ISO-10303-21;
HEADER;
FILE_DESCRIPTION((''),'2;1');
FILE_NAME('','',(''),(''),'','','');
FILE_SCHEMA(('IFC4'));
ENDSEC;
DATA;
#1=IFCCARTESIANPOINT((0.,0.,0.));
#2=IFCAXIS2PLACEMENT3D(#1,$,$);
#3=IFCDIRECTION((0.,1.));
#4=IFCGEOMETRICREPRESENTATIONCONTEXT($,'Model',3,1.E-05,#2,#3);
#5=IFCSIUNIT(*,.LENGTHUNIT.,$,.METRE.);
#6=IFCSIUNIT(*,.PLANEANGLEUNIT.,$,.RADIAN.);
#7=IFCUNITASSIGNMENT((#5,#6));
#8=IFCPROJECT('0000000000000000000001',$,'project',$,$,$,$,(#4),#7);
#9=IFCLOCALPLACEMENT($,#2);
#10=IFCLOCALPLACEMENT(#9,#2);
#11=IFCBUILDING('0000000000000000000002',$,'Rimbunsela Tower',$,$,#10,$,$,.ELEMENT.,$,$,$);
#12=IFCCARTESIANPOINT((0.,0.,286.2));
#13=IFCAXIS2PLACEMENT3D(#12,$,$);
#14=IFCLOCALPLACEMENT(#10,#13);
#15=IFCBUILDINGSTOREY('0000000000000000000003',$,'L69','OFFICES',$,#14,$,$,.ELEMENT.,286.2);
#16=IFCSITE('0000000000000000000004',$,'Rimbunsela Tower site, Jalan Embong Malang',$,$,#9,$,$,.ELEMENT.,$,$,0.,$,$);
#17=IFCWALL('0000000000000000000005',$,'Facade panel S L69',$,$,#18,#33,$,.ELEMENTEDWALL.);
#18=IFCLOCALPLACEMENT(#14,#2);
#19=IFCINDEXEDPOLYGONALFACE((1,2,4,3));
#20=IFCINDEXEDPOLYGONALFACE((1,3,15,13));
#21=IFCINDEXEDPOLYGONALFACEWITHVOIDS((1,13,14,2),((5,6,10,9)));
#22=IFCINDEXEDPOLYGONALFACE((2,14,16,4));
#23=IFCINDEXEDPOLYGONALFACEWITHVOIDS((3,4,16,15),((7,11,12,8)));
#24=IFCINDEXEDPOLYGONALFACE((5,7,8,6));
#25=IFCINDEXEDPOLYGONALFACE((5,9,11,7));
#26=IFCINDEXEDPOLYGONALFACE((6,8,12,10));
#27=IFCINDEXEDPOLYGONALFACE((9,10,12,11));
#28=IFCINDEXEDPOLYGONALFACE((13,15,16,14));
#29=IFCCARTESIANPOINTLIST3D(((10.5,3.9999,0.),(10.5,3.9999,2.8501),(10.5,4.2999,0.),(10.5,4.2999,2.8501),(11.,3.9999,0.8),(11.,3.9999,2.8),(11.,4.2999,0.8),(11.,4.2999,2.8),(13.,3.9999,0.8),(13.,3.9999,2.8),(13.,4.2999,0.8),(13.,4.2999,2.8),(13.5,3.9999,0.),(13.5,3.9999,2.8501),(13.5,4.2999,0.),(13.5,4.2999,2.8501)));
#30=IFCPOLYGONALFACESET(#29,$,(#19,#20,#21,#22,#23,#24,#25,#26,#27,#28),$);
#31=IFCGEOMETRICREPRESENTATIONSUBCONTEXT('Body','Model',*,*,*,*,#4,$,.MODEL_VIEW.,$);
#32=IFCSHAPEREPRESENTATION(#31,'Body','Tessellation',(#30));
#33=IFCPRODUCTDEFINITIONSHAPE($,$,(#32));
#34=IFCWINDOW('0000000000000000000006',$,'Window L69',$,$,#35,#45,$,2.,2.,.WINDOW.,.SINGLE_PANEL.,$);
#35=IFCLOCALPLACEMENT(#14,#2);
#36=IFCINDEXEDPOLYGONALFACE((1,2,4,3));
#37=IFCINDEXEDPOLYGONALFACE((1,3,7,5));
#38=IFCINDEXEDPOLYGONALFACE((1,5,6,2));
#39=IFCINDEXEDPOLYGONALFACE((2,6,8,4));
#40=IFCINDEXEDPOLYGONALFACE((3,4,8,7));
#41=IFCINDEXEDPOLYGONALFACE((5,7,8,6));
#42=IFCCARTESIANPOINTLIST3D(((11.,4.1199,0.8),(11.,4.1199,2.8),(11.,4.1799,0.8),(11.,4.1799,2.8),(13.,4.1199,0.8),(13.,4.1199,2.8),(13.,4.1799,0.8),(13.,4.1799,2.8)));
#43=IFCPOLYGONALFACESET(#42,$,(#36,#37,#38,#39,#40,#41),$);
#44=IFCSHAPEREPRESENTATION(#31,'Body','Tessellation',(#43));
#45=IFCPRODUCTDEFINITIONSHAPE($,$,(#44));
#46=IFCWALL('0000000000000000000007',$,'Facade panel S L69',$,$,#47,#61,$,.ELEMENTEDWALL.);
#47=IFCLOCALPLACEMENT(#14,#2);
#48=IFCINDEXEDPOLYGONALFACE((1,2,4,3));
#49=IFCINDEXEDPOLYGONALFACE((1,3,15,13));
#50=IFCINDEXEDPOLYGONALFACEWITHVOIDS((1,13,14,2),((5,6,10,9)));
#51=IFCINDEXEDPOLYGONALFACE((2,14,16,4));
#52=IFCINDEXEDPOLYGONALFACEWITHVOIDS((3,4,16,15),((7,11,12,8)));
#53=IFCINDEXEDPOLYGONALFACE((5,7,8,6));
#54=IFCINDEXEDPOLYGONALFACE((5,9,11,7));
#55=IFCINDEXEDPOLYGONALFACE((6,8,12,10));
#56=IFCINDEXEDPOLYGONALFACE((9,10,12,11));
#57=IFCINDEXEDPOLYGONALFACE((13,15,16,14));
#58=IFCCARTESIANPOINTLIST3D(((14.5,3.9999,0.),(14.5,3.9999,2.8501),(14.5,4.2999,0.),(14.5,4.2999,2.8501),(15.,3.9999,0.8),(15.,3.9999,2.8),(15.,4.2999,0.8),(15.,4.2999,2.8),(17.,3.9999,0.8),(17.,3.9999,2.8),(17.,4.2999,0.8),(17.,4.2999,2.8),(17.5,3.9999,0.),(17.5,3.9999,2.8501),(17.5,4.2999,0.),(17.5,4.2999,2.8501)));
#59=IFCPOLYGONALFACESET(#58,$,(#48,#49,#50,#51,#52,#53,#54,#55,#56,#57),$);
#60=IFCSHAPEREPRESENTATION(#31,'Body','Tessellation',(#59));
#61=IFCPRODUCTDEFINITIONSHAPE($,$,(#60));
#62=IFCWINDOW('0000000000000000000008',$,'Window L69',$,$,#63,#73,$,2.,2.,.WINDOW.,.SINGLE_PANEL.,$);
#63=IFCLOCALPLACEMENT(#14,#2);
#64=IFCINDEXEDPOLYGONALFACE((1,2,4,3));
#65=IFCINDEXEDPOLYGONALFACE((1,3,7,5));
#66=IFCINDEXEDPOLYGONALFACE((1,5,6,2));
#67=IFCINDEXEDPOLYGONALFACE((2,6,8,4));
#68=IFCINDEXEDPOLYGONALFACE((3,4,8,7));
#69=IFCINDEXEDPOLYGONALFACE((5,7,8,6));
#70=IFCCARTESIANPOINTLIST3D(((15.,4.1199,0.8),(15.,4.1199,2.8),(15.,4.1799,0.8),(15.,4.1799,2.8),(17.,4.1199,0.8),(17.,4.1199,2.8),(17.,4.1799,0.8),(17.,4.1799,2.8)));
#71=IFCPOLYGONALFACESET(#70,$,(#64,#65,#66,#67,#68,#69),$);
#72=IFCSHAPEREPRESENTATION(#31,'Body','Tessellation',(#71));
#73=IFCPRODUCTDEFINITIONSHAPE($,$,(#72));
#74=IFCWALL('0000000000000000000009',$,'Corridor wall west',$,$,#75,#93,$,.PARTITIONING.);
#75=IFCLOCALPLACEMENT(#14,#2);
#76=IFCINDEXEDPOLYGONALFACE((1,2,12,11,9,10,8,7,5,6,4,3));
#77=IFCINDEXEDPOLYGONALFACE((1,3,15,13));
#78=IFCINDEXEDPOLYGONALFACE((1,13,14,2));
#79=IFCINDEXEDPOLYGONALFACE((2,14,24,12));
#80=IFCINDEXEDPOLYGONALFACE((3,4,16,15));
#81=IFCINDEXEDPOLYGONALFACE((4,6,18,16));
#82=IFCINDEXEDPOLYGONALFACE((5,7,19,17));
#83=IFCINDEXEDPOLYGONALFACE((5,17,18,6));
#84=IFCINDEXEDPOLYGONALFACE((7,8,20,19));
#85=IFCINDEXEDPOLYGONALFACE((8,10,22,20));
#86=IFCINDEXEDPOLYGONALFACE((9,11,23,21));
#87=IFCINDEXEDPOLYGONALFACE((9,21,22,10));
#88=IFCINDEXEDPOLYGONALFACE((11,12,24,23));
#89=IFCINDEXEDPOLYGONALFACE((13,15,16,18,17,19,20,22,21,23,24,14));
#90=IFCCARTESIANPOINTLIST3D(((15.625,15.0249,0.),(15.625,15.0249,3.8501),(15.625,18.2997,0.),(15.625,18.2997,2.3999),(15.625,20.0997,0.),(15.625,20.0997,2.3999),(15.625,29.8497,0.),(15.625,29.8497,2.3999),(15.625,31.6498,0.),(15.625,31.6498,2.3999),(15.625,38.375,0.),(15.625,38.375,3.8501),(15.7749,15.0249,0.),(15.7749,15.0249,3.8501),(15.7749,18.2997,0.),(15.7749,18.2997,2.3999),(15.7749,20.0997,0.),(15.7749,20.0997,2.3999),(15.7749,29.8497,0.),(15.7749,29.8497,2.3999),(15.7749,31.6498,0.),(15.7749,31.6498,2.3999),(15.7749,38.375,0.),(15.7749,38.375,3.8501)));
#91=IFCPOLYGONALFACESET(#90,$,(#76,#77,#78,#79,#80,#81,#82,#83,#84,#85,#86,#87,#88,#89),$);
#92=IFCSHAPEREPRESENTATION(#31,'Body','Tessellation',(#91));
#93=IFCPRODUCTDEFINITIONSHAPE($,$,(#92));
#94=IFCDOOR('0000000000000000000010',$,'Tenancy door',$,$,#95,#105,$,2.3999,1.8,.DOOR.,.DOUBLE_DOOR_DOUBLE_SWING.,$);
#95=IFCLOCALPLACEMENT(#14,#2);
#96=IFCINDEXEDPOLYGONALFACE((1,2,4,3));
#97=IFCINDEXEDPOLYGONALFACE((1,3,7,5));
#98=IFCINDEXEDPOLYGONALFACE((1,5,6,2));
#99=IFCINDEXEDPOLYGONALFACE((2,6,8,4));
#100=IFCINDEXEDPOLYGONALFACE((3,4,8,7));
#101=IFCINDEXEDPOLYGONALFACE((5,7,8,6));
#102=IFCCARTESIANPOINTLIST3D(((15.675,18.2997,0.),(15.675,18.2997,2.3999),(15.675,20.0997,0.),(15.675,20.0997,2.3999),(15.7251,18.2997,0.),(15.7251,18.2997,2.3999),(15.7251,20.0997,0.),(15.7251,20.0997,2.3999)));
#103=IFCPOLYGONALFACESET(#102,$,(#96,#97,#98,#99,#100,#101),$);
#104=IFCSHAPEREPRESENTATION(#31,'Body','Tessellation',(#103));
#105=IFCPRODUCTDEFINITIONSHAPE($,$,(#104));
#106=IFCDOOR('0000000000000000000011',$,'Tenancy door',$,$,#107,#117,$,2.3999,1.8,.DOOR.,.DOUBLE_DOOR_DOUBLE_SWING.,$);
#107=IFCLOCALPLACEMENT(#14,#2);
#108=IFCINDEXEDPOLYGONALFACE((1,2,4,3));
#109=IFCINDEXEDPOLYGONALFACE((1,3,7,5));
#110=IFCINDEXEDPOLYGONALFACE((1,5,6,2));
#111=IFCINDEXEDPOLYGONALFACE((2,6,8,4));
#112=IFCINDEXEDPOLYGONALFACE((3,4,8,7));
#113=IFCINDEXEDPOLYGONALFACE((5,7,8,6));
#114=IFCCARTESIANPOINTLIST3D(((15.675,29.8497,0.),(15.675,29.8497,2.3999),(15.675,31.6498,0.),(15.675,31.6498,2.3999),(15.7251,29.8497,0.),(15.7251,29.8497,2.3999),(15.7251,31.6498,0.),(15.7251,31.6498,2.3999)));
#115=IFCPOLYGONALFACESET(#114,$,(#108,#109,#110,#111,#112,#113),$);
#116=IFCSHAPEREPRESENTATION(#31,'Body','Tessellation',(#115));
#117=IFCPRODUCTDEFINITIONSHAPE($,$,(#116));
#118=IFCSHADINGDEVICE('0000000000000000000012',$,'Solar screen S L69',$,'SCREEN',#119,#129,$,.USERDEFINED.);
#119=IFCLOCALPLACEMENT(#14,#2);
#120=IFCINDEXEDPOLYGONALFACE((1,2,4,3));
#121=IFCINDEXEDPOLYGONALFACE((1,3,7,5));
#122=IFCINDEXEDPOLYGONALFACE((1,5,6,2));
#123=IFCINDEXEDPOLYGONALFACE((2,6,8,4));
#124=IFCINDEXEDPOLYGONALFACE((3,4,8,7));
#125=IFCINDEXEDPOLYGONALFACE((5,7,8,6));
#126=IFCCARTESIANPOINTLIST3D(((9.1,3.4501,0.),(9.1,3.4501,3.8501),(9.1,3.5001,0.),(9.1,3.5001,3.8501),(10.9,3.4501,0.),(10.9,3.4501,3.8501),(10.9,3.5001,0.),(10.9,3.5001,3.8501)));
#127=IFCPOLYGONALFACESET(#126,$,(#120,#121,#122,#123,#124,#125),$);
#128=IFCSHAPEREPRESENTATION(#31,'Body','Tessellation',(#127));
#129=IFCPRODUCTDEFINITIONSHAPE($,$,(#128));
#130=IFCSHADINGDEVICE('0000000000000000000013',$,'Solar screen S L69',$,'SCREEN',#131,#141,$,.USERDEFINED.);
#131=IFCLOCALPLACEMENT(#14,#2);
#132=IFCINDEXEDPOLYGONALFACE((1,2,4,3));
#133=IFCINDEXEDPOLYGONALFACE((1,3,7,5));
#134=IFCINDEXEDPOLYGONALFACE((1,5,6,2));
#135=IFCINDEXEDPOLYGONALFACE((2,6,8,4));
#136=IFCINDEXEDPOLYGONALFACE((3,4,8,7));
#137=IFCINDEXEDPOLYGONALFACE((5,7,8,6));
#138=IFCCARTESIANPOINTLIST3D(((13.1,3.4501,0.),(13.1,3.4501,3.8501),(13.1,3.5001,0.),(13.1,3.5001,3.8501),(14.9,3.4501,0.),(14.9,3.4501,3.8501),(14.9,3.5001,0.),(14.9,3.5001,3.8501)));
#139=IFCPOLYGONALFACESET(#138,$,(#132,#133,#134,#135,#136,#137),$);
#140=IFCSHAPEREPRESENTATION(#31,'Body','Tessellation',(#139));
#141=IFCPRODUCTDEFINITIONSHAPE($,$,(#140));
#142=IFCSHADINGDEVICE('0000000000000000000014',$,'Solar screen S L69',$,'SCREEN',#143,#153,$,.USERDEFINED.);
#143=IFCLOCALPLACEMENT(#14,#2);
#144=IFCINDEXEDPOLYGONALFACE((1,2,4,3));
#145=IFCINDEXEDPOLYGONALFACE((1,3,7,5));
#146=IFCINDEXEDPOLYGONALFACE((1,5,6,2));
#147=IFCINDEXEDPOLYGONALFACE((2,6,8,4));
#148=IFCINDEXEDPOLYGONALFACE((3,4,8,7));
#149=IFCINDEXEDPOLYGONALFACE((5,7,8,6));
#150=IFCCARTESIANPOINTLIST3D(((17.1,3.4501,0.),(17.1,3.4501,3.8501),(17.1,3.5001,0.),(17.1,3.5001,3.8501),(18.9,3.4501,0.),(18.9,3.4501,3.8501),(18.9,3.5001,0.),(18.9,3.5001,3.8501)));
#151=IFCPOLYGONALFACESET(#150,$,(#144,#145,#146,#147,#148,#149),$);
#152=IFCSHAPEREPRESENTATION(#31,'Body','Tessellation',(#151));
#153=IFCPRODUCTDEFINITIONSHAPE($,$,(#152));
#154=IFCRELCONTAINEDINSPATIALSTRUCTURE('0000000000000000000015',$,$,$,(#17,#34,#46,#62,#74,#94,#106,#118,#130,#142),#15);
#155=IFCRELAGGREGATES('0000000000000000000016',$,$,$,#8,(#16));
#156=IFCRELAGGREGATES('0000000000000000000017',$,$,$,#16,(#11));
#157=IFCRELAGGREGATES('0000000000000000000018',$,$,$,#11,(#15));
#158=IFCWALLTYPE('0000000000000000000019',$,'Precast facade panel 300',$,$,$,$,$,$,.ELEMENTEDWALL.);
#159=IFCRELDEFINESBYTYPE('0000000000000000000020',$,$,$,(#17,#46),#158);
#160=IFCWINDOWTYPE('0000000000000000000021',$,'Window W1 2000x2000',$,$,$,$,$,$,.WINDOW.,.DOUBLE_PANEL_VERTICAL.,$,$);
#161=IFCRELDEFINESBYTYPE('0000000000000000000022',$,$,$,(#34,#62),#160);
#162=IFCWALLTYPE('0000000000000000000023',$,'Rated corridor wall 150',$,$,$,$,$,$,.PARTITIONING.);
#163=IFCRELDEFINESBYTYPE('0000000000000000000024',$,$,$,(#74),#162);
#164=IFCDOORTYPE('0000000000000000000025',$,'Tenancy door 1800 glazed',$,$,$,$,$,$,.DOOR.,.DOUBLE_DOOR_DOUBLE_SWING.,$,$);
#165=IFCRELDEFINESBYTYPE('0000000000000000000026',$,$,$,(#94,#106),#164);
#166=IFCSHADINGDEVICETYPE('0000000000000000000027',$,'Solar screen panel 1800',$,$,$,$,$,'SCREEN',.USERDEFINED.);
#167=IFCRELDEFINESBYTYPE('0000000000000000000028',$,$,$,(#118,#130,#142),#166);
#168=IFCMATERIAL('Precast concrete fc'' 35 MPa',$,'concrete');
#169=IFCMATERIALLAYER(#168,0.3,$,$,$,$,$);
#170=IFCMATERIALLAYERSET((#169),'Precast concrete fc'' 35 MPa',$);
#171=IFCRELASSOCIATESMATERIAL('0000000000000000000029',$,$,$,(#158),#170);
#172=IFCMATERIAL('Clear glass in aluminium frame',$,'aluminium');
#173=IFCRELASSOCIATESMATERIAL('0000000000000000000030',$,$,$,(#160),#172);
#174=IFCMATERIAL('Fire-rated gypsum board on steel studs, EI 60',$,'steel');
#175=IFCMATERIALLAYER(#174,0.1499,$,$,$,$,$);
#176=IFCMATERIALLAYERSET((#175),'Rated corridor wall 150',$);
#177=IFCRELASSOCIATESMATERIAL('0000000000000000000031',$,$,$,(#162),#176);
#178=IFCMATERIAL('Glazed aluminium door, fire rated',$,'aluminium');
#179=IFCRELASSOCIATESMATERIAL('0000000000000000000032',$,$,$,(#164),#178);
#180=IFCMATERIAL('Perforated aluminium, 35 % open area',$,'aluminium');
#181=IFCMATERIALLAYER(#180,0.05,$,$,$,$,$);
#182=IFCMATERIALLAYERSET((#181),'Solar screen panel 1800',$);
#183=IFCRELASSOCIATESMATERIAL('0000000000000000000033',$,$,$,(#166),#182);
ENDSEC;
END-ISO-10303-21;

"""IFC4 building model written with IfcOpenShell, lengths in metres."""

from ifc_helpers import new_model, si_unit, direction, frame, frame_2d, origin, origin_2d, place, context, subcontext, project, spatial, rectangle, extrude, material, layer, layer_set, type_object, element, fill, save


model = new_model("IFC4")

# Units and contexts
model_context = context("Model", 3, precision=1e-05, world=origin(), true_north=direction((0.0, 1.0)))
body_context = subcontext(model_context, "Body", "Model", "MODEL_VIEW")
ifc_project = project(units=[si_unit("LENGTHUNIT", "METRE"), si_unit("PLANEANGLEUNIT", "RADIAN")], contexts=[model_context])

# Site, building, storey
site_placement = place(None, origin())
site = spatial("IfcSite", under=ifc_project, at=site_placement, Name="Rimbunsela Tower site, Jalan Embong Malang", CompositionType="ELEMENT", RefElevation=0.0)
building_placement = place(site_placement, origin())
building = spatial("IfcBuilding", under=site, at=building_placement, Name="Rimbunsela Tower", CompositionType="ELEMENT")
storey_placement = place(building_placement, frame((0.0, 0.0, 286.2)))
storey = spatial("IfcBuildingStorey", under=building, at=storey_placement, Name="L69", Description="OFFICES", CompositionType="ELEMENT", Elevation=286.2)

# Shared definitions
ifc_material_1 = material(Name="Precast concrete fc' 35 MPa", Category="concrete")
ifc_layer_1 = layer(ifc_material_1, 0.3)
ifc_layer_set_1 = layer_set([ifc_layer_1], Name="Precast concrete fc' 35 MPa")
wall_type_1 = type_object("IfcWallType", Name="Precast facade panel 300", PredefinedType="ELEMENTEDWALL", material=ifc_layer_set_1)

# Walls, openings, windows
wall_1_placement = place(storey_placement, frame((10.5, 4.1499, 0.0), z_axis=(0.0, 0.0, 1.0), x_axis=(1.0, 0.0, 0.0)))
wall_1 = element("IfcWall", 1, at=wall_1_placement, inside=storey, type_object=wall_type_1, Name="Facade panel S L69", PredefinedType="ELEMENTEDWALL", context=body_context, shape_type="SweptSolid", body=[
    extrude(rectangle(XDim=3.0, YDim=0.3, at=frame_2d((1.5, 0.0))), origin(), (0.0, 0.0, 1.0), 2.8501),
])
opening_1_placement = place(wall_1_placement, frame((0.5, 0.0, 0.8)))
opening_1 = element("IfcOpeningElement", 2, at=opening_1_placement, cuts=wall_1, PredefinedType="OPENING", context=body_context, shape_type="SweptSolid", body=[
    extrude(rectangle(XDim=2.0, YDim=2.0, at=frame_2d((1.0, 1.0))), frame((0.0, 0.1599, 0.0), z_axis=(0.0, -1.0, 0.0), x_axis=(1.0, 0.0, 0.0)), (0.0, 0.0, 1.0), 0.3201),
])
ifc_material_2 = material(Name="Clear glass in aluminium frame", Category="aluminium")
window_type = type_object("IfcWindowType", Name="Window W1 2000x2000", PartitioningType="DOUBLE_PANEL_VERTICAL", PredefinedType="WINDOW", material=ifc_material_2)
window_1_placement = place(opening_1_placement, origin())
window_1 = element("IfcWindow", 3, at=window_1_placement, inside=storey, type_object=window_type, Name="Window L69", OverallHeight=2.0, OverallWidth=2.0, PartitioningType="SINGLE_PANEL", PredefinedType="WINDOW", context=body_context, shape_type="SweptSolid", body=[
    extrude(rectangle(XDim=2.0, YDim=2.0, at=frame_2d((1.0, 1.0))), frame((0.0, 0.03, 0.0), z_axis=(0.0, -1.0, 0.0), x_axis=(1.0, 0.0, 0.0)), (0.0, 0.0, 1.0), 0.0601),
])
fill(opening_1, window_1)
wall_2_placement = place(storey_placement, frame((14.5, 4.1499, 0.0), z_axis=(0.0, 0.0, 1.0), x_axis=(1.0, 0.0, 0.0)))
wall_2 = element("IfcWall", 4, at=wall_2_placement, inside=storey, type_object=wall_type_1, Name="Facade panel S L69", PredefinedType="ELEMENTEDWALL", context=body_context, shape_type="SweptSolid", body=[
    extrude(rectangle(XDim=3.0, YDim=0.3, at=frame_2d((1.5, 0.0))), origin(), (0.0, 0.0, 1.0), 2.8501),
])
opening_2_placement = place(wall_2_placement, frame((0.5, 0.0, 0.8)))
opening_2 = element("IfcOpeningElement", 5, at=opening_2_placement, cuts=wall_2, PredefinedType="OPENING", context=body_context, shape_type="SweptSolid", body=[
    extrude(rectangle(XDim=2.0, YDim=2.0, at=frame_2d((1.0, 1.0))), frame((0.0, 0.1599, 0.0), z_axis=(0.0, -1.0, 0.0), x_axis=(1.0, 0.0, 0.0)), (0.0, 0.0, 1.0), 0.3201),
])
window_2_placement = place(opening_2_placement, origin())
window_2 = element("IfcWindow", 6, at=window_2_placement, inside=storey, type_object=window_type, Name="Window L69", OverallHeight=2.0, OverallWidth=2.0, PartitioningType="SINGLE_PANEL", PredefinedType="WINDOW", context=body_context, shape_type="SweptSolid", body=[
    extrude(rectangle(XDim=2.0, YDim=2.0, at=frame_2d((1.0, 1.0))), frame((0.0, 0.03, 0.0), z_axis=(0.0, -1.0, 0.0), x_axis=(1.0, 0.0, 0.0)), (0.0, 0.0, 1.0), 0.0601),
])
fill(opening_2, window_2)

# Wall, openings, doors
ifc_material_3 = material(Name="Fire-rated gypsum board on steel studs, EI 60", Category="steel")
ifc_layer_2 = layer(ifc_material_3, 0.1499)
ifc_layer_set_2 = layer_set([ifc_layer_2], Name="Rated corridor wall 150")
wall_type_2 = type_object("IfcWallType", Name="Rated corridor wall 150", PredefinedType="PARTITIONING", material=ifc_layer_set_2)
wall_3_placement = place(storey_placement, frame((15.7, 15.0249, 0.0), z_axis=(0.0, 0.0, 1.0), x_axis=(0.0, 1.0, 0.0)))
wall_3 = element("IfcWall", 7, at=wall_3_placement, inside=storey, type_object=wall_type_2, Name="Corridor wall west", PredefinedType="PARTITIONING", context=body_context, shape_type="SweptSolid", body=[
    extrude(rectangle(XDim=23.3501, YDim=0.1499, at=frame_2d((11.675, 0.0))), origin(), (0.0, 0.0, 1.0), 3.8501),
])
opening_3_placement = place(wall_3_placement, frame((3.2749, 0.0, 0.0)))
opening_3 = element("IfcOpeningElement", 8, at=opening_3_placement, cuts=wall_3, PredefinedType="OPENING", context=body_context, shape_type="SweptSolid", body=[
    extrude(rectangle(XDim=1.8, YDim=2.3999, at=frame_2d((0.8999, 1.2))), frame((0.0, 0.085, 0.0), z_axis=(0.0, -1.0, 0.0), x_axis=(1.0, 0.0, 0.0)), (0.0, 0.0, 1.0), 0.1699),
])
opening_4_placement = place(wall_3_placement, frame((14.825, 0.0, 0.0)))
opening_4 = element("IfcOpeningElement", 9, at=opening_4_placement, cuts=wall_3, PredefinedType="OPENING", context=body_context, shape_type="SweptSolid", body=[
    extrude(rectangle(XDim=1.8, YDim=2.3999, at=frame_2d((0.8999, 1.2))), frame((0.0, 0.085, 0.0), z_axis=(0.0, -1.0, 0.0), x_axis=(1.0, 0.0, 0.0)), (0.0, 0.0, 1.0), 0.1699),
])
ifc_material_4 = material(Name="Glazed aluminium door, fire rated", Category="aluminium")
door_type_1 = type_object("IfcDoorType", Name="Tenancy door 1800 glazed", OperationType="DOUBLE_DOOR_DOUBLE_SWING", PredefinedType="DOOR", material=ifc_material_4)
door_1_placement = place(opening_3_placement, origin())
door_1 = element("IfcDoor", 10, at=door_1_placement, inside=storey, type_object=door_type_1, Name="Tenancy door", OperationType="DOUBLE_DOOR_DOUBLE_SWING", OverallHeight=2.3999, OverallWidth=1.8, PredefinedType="DOOR", context=body_context, shape_type="SweptSolid", body=[
    extrude(rectangle(XDim=1.8, YDim=2.3999, at=frame_2d((0.8999, 1.2))), frame((0.0, 0.0249, 0.0), z_axis=(0.0, -1.0, 0.0), x_axis=(1.0, 0.0, 0.0)), (0.0, 0.0, 1.0), 0.05),
])
fill(opening_3, door_1)
door_2_placement = place(opening_4_placement, origin())
door_2 = element("IfcDoor", 11, at=door_2_placement, inside=storey, type_object=door_type_1, Name="Tenancy door", OperationType="DOUBLE_DOOR_DOUBLE_SWING", OverallHeight=2.3999, OverallWidth=1.8, PredefinedType="DOOR", context=body_context, shape_type="SweptSolid", body=[
    extrude(rectangle(XDim=1.8, YDim=2.3999, at=frame_2d((0.8999, 1.2))), frame((0.0, 0.0249, 0.0), z_axis=(0.0, -1.0, 0.0), x_axis=(1.0, 0.0, 0.0)), (0.0, 0.0, 1.0), 0.05),
])
fill(opening_4, door_2)

# Shading devices
ifc_material_5 = material(Name="Perforated aluminium, 35 % open area", Category="aluminium")
ifc_layer_3 = layer(ifc_material_5, 0.05)
ifc_layer_set_3 = layer_set([ifc_layer_3], Name="Solar screen panel 1800")
shading_device_type = type_object("IfcShadingDeviceType", Name="Solar screen panel 1800", ElementType="SCREEN", PredefinedType="USERDEFINED", material=ifc_layer_set_3)
for number, where, z_axis, x_axis, name in (
    (12, (10.0, 3.4751, 0.0), (0.0, 0.0, 1.0), (1.0, 0.0, 0.0), "Solar screen S L69"),
    (13, (14.0, 3.4751, 0.0), (0.0, 0.0, 1.0), (1.0, 0.0, 0.0), "Solar screen S L69"),
    (14, (18.0, 3.4751, 0.0), (0.0, 0.0, 1.0), (1.0, 0.0, 0.0), "Solar screen S L69"),
):
    element("IfcShadingDevice", number, at=place(storey_placement, frame(where, z_axis=z_axis, x_axis=x_axis)), inside=storey, type_object=shading_device_type, Name=name, ObjectType="SCREEN", PredefinedType="USERDEFINED", context=body_context, shape_type="SweptSolid", body=[
        extrude(rectangle(XDim=1.8, YDim=0.05, at=origin_2d()), origin(), (0.0, 0.0, 1.0), 3.8501),
    ])

save(model, "model.ifc")
